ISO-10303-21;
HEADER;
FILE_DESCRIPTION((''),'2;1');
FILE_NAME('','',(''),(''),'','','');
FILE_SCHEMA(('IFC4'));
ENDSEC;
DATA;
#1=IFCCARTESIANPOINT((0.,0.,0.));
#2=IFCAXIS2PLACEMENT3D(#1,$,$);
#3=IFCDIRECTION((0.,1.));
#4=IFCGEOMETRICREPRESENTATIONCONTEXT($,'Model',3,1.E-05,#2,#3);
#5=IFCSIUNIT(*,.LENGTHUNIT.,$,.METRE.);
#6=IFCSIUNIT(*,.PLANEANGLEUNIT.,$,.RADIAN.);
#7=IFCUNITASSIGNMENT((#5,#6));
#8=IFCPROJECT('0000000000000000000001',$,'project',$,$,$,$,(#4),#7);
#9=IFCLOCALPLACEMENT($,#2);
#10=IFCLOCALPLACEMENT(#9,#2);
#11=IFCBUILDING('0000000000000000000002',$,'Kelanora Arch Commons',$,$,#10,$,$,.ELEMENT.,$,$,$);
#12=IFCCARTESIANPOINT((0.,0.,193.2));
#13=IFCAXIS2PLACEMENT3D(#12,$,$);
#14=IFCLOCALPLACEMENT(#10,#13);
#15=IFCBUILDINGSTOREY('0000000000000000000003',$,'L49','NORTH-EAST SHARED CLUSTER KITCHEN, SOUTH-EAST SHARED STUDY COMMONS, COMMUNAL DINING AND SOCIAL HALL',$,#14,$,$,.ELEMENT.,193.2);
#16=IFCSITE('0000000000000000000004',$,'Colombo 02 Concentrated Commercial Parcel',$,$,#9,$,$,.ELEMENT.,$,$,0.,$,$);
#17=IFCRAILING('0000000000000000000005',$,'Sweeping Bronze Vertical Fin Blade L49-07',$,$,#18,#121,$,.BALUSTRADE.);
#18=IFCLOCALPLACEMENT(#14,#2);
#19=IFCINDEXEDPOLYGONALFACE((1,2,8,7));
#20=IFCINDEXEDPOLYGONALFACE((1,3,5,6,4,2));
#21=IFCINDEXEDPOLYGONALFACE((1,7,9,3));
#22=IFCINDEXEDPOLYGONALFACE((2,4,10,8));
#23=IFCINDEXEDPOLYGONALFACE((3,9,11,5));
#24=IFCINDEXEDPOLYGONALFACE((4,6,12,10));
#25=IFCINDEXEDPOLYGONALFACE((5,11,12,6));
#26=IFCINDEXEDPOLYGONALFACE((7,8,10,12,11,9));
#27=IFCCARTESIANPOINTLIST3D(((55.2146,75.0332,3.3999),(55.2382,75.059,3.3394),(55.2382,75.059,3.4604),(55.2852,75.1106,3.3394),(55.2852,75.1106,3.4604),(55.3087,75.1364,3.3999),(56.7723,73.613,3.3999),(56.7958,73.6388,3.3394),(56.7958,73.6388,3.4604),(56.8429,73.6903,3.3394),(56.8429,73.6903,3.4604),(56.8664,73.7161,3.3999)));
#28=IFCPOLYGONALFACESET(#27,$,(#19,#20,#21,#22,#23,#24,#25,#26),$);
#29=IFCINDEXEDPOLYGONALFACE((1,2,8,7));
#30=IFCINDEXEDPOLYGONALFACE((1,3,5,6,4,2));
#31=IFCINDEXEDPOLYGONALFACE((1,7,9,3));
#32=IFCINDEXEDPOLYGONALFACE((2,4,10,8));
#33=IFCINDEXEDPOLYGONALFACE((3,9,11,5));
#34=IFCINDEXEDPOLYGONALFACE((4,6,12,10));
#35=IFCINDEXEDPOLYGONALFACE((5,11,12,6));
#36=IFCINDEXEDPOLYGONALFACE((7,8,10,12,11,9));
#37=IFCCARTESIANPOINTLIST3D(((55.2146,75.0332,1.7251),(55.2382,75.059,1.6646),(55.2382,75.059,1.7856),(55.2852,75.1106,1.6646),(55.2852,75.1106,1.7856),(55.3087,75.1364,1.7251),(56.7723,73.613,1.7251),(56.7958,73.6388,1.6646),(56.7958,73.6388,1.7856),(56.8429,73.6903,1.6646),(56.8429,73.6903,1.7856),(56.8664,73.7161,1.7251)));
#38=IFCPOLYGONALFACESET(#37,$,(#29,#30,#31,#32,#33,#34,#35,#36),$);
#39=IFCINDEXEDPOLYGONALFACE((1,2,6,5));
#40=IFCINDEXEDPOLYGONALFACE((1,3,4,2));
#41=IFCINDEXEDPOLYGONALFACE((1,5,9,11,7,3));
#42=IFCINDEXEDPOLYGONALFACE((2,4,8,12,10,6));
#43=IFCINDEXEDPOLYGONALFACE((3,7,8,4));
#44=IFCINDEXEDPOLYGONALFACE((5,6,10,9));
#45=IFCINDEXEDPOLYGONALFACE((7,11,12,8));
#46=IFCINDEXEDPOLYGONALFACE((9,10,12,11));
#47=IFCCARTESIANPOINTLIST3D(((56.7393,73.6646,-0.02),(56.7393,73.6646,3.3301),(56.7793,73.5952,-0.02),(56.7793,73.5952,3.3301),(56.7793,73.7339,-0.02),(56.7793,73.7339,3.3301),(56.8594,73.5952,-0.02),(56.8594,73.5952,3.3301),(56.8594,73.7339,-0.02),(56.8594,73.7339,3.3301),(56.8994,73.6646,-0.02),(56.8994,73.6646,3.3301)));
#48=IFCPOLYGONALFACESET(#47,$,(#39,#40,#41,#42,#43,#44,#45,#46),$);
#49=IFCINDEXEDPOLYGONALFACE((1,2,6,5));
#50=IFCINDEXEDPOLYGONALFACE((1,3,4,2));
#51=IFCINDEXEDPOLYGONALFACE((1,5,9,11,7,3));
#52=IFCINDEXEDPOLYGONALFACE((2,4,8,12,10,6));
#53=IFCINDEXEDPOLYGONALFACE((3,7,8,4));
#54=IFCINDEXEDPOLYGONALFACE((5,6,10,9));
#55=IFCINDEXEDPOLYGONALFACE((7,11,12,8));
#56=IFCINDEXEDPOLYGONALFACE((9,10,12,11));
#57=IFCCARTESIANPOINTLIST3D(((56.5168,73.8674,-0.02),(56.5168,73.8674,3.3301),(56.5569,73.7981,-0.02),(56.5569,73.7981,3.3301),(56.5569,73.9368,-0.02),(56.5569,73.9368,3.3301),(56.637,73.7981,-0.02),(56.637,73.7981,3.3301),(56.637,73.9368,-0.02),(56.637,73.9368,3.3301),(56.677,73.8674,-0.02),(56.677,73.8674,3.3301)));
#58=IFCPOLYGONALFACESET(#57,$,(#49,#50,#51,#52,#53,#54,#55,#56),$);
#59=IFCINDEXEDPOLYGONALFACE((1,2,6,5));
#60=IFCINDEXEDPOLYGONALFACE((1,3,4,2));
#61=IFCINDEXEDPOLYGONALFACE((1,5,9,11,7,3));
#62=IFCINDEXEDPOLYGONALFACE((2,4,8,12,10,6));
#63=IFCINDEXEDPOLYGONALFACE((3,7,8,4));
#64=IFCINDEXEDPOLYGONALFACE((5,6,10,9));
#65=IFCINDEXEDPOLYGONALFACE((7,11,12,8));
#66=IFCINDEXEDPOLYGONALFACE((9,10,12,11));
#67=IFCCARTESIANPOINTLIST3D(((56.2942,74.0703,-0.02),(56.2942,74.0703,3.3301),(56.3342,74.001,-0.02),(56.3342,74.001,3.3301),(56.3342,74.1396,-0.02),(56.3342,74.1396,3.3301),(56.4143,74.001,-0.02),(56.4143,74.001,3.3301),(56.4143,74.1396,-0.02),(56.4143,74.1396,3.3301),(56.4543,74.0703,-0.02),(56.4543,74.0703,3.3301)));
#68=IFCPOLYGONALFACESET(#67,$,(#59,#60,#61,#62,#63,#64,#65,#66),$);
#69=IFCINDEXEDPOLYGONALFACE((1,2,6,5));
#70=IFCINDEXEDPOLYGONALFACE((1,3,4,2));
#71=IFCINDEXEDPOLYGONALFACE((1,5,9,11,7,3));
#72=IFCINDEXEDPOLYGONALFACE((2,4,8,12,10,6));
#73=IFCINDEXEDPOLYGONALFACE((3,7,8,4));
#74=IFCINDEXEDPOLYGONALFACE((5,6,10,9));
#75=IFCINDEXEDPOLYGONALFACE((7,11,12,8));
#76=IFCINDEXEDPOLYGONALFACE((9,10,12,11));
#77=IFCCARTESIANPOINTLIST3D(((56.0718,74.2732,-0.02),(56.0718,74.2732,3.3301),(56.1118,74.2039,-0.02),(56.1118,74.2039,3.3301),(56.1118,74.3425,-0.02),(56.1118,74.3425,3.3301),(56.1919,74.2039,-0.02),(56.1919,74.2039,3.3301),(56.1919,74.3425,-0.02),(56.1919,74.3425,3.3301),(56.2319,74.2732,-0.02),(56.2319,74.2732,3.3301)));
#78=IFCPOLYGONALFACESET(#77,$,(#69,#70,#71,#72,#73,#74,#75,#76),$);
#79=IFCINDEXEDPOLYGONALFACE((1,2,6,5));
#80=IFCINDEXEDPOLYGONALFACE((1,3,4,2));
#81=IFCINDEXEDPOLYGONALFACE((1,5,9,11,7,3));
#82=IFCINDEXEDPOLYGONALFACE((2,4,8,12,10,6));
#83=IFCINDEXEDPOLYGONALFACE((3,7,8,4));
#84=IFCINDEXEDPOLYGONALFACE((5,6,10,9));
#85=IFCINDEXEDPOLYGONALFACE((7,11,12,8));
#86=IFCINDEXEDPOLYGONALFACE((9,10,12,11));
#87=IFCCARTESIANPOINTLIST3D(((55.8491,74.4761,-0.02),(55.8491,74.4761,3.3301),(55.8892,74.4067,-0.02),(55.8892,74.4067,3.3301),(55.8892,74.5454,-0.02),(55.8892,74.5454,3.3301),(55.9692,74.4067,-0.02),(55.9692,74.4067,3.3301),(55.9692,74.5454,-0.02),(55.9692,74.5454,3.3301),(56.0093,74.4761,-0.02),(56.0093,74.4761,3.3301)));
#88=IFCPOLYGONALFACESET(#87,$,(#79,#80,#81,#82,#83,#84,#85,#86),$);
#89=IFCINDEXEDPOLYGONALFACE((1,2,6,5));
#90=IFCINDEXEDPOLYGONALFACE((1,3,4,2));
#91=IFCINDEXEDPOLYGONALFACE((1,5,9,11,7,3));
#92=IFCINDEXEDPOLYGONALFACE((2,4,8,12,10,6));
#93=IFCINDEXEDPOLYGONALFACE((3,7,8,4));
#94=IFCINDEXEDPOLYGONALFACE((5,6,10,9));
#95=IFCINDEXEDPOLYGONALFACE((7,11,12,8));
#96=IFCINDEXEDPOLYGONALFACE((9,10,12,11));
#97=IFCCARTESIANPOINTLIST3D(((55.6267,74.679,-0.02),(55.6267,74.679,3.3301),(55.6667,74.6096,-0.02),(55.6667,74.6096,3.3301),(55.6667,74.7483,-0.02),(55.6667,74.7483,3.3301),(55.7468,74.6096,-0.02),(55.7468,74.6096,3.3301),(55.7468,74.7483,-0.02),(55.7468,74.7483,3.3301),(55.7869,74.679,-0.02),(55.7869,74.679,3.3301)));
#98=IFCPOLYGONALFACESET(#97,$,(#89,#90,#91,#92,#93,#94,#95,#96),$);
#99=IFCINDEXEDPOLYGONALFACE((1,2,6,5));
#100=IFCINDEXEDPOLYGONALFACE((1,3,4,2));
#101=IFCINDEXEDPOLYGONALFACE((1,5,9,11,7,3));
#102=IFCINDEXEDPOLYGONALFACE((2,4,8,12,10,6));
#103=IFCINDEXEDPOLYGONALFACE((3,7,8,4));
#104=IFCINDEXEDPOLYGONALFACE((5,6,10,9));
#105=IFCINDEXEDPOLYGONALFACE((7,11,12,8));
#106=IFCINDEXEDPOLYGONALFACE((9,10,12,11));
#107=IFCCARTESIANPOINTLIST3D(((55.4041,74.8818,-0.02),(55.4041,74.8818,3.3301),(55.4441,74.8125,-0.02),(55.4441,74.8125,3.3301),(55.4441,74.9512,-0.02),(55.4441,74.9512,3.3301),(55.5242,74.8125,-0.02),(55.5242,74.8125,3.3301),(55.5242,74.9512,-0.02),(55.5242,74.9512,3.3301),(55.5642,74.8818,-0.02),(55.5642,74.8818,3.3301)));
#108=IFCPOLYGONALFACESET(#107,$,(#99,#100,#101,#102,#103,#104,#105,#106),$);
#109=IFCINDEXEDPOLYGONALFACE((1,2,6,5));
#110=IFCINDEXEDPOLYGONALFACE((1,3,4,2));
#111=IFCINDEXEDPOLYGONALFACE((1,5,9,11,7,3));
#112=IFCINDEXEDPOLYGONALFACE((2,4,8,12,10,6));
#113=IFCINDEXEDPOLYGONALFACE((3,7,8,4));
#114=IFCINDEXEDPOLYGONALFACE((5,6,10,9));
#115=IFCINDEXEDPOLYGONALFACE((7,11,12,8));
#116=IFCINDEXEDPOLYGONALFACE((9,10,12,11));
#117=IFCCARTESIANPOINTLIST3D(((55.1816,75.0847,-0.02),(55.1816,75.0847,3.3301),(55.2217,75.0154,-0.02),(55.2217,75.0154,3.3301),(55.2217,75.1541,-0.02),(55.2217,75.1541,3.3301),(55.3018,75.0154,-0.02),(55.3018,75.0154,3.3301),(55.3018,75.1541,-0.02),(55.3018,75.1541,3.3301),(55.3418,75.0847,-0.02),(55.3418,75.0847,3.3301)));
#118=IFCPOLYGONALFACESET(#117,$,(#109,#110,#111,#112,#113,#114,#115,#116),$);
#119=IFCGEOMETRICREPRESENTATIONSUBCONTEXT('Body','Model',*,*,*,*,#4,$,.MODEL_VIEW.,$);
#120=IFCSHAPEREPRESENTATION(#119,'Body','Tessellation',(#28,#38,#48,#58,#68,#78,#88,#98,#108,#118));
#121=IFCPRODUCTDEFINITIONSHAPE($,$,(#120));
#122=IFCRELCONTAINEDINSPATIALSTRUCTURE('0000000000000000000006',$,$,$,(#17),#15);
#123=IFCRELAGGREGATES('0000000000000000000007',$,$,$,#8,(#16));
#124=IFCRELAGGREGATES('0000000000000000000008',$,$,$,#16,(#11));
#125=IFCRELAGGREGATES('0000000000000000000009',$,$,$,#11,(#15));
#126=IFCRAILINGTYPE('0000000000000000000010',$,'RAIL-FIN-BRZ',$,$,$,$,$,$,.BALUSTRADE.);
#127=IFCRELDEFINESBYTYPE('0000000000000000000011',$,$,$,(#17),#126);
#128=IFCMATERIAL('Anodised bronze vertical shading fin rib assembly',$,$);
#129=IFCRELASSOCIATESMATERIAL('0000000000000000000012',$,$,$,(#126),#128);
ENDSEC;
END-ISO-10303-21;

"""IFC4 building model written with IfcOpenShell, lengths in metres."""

from ifc_helpers import new_model, si_unit, direction, frame, origin, place, context, subcontext, project, spatial, polyline, outline, extrude, material, type_object, element, save


model = new_model("IFC4")

# Units and contexts
model_context = context("Model", 3, precision=1e-05, world=origin(), true_north=direction((0.0, 1.0)))
body_context = subcontext(model_context, "Body", "Model", "MODEL_VIEW")
ifc_project = project(units=[si_unit("LENGTHUNIT", "METRE"), si_unit("PLANEANGLEUNIT", "RADIAN")], contexts=[model_context])

# Site, building, storey
site_placement = place(None, origin())
site = spatial("IfcSite", under=ifc_project, at=site_placement, Name="Colombo 02 Concentrated Commercial Parcel", CompositionType="ELEMENT", RefElevation=0.0)
building_placement = place(site_placement, origin())
building = spatial("IfcBuilding", under=site, at=building_placement, Name="Kelanora Arch Commons", CompositionType="ELEMENT")
storey_placement = place(building_placement, frame((0.0, 0.0, 193.2)))
storey = spatial("IfcBuildingStorey", under=building, at=storey_placement, Name="L49", Description="NORTH-EAST SHARED CLUSTER KITCHEN, SOUTH-EAST SHARED STUDY COMMONS, COMMUNAL DINING AND SOCIAL HALL", CompositionType="ELEMENT", Elevation=193.2)

# Railing
ifc_material_1 = material(Name="Anodised bronze vertical shading fin rib assembly")
railing_type = type_object("IfcRailingType", Name="RAIL-FIN-BRZ", PredefinedType="BALUSTRADE", material=ifc_material_1)
railing_1_placement = place(storey_placement, frame((56.8193, 73.6646, -0.02)))
element("IfcRailing", 1, at=railing_1_placement, inside=storey, type_object=railing_type, Name="Sweeping Bronze Vertical Fin Blade L49-07", PredefinedType="BALUSTRADE", context=body_context, shape_type="SweptSolid", body=[
    extrude(outline(polyline([(0.0698, 0.0), (0.0349, 0.0605), (-0.0349, 0.0605), (-0.0698, 0.0), (-0.0349, -0.0605), (0.0349, -0.0605), (0.0698, 0.0)])), frame((0.0, 0.0, 3.4199), z_axis=(-0.738959, 0.67375, 0.0), x_axis=(-0.67375, -0.738959, 0.0)), (0.0, 0.0, 1.0), 2.1079),
    extrude(outline(polyline([(0.0698, 0.0), (0.0349, 0.0605), (-0.0349, 0.0605), (-0.0698, 0.0), (-0.0349, -0.0605), (0.0349, -0.0605), (0.0698, 0.0)])), frame((0.0, 0.0, 1.7451), z_axis=(-0.738959, 0.67375, 0.0), x_axis=(-0.67375, -0.738959, 0.0)), (0.0, 0.0, 1.0), 2.1079),
    extrude(outline(polyline([(0.0801, 0.0), (0.04, 0.0693), (-0.04, 0.0693), (-0.0801, 0.0), (-0.04, -0.0693), (0.04, -0.0693), (0.0801, 0.0)])), origin(), (0.0, 0.0, 1.0), 3.3501),
    extrude(outline(polyline([(0.0801, 0.0), (0.04, 0.0693), (-0.04, 0.0693), (-0.0801, 0.0), (-0.04, -0.0693), (0.04, -0.0693), (0.0801, 0.0)])), frame((-0.2224, 0.2029, 0.0)), (0.0, 0.0, 1.0), 3.3501),
    extrude(outline(polyline([(0.0801, 0.0), (0.04, 0.0693), (-0.04, 0.0693), (-0.0801, 0.0), (-0.04, -0.0693), (0.04, -0.0693), (0.0801, 0.0)])), frame((-0.4451, 0.4058, 0.0)), (0.0, 0.0, 1.0), 3.3501),
    extrude(outline(polyline([(0.0801, 0.0), (0.04, 0.0693), (-0.04, 0.0693), (-0.0801, 0.0), (-0.04, -0.0693), (0.04, -0.0693), (0.0801, 0.0)])), frame((-0.6675, 0.6086, 0.0)), (0.0, 0.0, 1.0), 3.3501),
    extrude(outline(polyline([(0.0801, 0.0), (0.04, 0.0693), (-0.04, 0.0693), (-0.0801, 0.0), (-0.04, -0.0693), (0.04, -0.0693), (0.0801, 0.0)])), frame((-0.8901, 0.8115, 0.0)), (0.0, 0.0, 1.0), 3.3501),
    extrude(outline(polyline([(0.0801, 0.0), (0.04, 0.0693), (-0.04, 0.0693), (-0.0801, 0.0), (-0.04, -0.0693), (0.04, -0.0693), (0.0801, 0.0)])), frame((-1.1125, 1.0144, 0.0)), (0.0, 0.0, 1.0), 3.3501),
    extrude(outline(polyline([(0.0801, 0.0), (0.04, 0.0693), (-0.04, 0.0693), (-0.0801, 0.0), (-0.04, -0.0693), (0.04, -0.0693), (0.0801, 0.0)])), frame((-1.3352, 1.2173, 0.0)), (0.0, 0.0, 1.0), 3.3501),
    extrude(outline(polyline([(0.0801, 0.0), (0.04, 0.0693), (-0.04, 0.0693), (-0.0801, 0.0), (-0.04, -0.0693), (0.04, -0.0693), (0.0801, 0.0)])), frame((-1.5576, 1.4202, 0.0)), (0.0, 0.0, 1.0), 3.3501),
])

save(model, "model.ifc")
